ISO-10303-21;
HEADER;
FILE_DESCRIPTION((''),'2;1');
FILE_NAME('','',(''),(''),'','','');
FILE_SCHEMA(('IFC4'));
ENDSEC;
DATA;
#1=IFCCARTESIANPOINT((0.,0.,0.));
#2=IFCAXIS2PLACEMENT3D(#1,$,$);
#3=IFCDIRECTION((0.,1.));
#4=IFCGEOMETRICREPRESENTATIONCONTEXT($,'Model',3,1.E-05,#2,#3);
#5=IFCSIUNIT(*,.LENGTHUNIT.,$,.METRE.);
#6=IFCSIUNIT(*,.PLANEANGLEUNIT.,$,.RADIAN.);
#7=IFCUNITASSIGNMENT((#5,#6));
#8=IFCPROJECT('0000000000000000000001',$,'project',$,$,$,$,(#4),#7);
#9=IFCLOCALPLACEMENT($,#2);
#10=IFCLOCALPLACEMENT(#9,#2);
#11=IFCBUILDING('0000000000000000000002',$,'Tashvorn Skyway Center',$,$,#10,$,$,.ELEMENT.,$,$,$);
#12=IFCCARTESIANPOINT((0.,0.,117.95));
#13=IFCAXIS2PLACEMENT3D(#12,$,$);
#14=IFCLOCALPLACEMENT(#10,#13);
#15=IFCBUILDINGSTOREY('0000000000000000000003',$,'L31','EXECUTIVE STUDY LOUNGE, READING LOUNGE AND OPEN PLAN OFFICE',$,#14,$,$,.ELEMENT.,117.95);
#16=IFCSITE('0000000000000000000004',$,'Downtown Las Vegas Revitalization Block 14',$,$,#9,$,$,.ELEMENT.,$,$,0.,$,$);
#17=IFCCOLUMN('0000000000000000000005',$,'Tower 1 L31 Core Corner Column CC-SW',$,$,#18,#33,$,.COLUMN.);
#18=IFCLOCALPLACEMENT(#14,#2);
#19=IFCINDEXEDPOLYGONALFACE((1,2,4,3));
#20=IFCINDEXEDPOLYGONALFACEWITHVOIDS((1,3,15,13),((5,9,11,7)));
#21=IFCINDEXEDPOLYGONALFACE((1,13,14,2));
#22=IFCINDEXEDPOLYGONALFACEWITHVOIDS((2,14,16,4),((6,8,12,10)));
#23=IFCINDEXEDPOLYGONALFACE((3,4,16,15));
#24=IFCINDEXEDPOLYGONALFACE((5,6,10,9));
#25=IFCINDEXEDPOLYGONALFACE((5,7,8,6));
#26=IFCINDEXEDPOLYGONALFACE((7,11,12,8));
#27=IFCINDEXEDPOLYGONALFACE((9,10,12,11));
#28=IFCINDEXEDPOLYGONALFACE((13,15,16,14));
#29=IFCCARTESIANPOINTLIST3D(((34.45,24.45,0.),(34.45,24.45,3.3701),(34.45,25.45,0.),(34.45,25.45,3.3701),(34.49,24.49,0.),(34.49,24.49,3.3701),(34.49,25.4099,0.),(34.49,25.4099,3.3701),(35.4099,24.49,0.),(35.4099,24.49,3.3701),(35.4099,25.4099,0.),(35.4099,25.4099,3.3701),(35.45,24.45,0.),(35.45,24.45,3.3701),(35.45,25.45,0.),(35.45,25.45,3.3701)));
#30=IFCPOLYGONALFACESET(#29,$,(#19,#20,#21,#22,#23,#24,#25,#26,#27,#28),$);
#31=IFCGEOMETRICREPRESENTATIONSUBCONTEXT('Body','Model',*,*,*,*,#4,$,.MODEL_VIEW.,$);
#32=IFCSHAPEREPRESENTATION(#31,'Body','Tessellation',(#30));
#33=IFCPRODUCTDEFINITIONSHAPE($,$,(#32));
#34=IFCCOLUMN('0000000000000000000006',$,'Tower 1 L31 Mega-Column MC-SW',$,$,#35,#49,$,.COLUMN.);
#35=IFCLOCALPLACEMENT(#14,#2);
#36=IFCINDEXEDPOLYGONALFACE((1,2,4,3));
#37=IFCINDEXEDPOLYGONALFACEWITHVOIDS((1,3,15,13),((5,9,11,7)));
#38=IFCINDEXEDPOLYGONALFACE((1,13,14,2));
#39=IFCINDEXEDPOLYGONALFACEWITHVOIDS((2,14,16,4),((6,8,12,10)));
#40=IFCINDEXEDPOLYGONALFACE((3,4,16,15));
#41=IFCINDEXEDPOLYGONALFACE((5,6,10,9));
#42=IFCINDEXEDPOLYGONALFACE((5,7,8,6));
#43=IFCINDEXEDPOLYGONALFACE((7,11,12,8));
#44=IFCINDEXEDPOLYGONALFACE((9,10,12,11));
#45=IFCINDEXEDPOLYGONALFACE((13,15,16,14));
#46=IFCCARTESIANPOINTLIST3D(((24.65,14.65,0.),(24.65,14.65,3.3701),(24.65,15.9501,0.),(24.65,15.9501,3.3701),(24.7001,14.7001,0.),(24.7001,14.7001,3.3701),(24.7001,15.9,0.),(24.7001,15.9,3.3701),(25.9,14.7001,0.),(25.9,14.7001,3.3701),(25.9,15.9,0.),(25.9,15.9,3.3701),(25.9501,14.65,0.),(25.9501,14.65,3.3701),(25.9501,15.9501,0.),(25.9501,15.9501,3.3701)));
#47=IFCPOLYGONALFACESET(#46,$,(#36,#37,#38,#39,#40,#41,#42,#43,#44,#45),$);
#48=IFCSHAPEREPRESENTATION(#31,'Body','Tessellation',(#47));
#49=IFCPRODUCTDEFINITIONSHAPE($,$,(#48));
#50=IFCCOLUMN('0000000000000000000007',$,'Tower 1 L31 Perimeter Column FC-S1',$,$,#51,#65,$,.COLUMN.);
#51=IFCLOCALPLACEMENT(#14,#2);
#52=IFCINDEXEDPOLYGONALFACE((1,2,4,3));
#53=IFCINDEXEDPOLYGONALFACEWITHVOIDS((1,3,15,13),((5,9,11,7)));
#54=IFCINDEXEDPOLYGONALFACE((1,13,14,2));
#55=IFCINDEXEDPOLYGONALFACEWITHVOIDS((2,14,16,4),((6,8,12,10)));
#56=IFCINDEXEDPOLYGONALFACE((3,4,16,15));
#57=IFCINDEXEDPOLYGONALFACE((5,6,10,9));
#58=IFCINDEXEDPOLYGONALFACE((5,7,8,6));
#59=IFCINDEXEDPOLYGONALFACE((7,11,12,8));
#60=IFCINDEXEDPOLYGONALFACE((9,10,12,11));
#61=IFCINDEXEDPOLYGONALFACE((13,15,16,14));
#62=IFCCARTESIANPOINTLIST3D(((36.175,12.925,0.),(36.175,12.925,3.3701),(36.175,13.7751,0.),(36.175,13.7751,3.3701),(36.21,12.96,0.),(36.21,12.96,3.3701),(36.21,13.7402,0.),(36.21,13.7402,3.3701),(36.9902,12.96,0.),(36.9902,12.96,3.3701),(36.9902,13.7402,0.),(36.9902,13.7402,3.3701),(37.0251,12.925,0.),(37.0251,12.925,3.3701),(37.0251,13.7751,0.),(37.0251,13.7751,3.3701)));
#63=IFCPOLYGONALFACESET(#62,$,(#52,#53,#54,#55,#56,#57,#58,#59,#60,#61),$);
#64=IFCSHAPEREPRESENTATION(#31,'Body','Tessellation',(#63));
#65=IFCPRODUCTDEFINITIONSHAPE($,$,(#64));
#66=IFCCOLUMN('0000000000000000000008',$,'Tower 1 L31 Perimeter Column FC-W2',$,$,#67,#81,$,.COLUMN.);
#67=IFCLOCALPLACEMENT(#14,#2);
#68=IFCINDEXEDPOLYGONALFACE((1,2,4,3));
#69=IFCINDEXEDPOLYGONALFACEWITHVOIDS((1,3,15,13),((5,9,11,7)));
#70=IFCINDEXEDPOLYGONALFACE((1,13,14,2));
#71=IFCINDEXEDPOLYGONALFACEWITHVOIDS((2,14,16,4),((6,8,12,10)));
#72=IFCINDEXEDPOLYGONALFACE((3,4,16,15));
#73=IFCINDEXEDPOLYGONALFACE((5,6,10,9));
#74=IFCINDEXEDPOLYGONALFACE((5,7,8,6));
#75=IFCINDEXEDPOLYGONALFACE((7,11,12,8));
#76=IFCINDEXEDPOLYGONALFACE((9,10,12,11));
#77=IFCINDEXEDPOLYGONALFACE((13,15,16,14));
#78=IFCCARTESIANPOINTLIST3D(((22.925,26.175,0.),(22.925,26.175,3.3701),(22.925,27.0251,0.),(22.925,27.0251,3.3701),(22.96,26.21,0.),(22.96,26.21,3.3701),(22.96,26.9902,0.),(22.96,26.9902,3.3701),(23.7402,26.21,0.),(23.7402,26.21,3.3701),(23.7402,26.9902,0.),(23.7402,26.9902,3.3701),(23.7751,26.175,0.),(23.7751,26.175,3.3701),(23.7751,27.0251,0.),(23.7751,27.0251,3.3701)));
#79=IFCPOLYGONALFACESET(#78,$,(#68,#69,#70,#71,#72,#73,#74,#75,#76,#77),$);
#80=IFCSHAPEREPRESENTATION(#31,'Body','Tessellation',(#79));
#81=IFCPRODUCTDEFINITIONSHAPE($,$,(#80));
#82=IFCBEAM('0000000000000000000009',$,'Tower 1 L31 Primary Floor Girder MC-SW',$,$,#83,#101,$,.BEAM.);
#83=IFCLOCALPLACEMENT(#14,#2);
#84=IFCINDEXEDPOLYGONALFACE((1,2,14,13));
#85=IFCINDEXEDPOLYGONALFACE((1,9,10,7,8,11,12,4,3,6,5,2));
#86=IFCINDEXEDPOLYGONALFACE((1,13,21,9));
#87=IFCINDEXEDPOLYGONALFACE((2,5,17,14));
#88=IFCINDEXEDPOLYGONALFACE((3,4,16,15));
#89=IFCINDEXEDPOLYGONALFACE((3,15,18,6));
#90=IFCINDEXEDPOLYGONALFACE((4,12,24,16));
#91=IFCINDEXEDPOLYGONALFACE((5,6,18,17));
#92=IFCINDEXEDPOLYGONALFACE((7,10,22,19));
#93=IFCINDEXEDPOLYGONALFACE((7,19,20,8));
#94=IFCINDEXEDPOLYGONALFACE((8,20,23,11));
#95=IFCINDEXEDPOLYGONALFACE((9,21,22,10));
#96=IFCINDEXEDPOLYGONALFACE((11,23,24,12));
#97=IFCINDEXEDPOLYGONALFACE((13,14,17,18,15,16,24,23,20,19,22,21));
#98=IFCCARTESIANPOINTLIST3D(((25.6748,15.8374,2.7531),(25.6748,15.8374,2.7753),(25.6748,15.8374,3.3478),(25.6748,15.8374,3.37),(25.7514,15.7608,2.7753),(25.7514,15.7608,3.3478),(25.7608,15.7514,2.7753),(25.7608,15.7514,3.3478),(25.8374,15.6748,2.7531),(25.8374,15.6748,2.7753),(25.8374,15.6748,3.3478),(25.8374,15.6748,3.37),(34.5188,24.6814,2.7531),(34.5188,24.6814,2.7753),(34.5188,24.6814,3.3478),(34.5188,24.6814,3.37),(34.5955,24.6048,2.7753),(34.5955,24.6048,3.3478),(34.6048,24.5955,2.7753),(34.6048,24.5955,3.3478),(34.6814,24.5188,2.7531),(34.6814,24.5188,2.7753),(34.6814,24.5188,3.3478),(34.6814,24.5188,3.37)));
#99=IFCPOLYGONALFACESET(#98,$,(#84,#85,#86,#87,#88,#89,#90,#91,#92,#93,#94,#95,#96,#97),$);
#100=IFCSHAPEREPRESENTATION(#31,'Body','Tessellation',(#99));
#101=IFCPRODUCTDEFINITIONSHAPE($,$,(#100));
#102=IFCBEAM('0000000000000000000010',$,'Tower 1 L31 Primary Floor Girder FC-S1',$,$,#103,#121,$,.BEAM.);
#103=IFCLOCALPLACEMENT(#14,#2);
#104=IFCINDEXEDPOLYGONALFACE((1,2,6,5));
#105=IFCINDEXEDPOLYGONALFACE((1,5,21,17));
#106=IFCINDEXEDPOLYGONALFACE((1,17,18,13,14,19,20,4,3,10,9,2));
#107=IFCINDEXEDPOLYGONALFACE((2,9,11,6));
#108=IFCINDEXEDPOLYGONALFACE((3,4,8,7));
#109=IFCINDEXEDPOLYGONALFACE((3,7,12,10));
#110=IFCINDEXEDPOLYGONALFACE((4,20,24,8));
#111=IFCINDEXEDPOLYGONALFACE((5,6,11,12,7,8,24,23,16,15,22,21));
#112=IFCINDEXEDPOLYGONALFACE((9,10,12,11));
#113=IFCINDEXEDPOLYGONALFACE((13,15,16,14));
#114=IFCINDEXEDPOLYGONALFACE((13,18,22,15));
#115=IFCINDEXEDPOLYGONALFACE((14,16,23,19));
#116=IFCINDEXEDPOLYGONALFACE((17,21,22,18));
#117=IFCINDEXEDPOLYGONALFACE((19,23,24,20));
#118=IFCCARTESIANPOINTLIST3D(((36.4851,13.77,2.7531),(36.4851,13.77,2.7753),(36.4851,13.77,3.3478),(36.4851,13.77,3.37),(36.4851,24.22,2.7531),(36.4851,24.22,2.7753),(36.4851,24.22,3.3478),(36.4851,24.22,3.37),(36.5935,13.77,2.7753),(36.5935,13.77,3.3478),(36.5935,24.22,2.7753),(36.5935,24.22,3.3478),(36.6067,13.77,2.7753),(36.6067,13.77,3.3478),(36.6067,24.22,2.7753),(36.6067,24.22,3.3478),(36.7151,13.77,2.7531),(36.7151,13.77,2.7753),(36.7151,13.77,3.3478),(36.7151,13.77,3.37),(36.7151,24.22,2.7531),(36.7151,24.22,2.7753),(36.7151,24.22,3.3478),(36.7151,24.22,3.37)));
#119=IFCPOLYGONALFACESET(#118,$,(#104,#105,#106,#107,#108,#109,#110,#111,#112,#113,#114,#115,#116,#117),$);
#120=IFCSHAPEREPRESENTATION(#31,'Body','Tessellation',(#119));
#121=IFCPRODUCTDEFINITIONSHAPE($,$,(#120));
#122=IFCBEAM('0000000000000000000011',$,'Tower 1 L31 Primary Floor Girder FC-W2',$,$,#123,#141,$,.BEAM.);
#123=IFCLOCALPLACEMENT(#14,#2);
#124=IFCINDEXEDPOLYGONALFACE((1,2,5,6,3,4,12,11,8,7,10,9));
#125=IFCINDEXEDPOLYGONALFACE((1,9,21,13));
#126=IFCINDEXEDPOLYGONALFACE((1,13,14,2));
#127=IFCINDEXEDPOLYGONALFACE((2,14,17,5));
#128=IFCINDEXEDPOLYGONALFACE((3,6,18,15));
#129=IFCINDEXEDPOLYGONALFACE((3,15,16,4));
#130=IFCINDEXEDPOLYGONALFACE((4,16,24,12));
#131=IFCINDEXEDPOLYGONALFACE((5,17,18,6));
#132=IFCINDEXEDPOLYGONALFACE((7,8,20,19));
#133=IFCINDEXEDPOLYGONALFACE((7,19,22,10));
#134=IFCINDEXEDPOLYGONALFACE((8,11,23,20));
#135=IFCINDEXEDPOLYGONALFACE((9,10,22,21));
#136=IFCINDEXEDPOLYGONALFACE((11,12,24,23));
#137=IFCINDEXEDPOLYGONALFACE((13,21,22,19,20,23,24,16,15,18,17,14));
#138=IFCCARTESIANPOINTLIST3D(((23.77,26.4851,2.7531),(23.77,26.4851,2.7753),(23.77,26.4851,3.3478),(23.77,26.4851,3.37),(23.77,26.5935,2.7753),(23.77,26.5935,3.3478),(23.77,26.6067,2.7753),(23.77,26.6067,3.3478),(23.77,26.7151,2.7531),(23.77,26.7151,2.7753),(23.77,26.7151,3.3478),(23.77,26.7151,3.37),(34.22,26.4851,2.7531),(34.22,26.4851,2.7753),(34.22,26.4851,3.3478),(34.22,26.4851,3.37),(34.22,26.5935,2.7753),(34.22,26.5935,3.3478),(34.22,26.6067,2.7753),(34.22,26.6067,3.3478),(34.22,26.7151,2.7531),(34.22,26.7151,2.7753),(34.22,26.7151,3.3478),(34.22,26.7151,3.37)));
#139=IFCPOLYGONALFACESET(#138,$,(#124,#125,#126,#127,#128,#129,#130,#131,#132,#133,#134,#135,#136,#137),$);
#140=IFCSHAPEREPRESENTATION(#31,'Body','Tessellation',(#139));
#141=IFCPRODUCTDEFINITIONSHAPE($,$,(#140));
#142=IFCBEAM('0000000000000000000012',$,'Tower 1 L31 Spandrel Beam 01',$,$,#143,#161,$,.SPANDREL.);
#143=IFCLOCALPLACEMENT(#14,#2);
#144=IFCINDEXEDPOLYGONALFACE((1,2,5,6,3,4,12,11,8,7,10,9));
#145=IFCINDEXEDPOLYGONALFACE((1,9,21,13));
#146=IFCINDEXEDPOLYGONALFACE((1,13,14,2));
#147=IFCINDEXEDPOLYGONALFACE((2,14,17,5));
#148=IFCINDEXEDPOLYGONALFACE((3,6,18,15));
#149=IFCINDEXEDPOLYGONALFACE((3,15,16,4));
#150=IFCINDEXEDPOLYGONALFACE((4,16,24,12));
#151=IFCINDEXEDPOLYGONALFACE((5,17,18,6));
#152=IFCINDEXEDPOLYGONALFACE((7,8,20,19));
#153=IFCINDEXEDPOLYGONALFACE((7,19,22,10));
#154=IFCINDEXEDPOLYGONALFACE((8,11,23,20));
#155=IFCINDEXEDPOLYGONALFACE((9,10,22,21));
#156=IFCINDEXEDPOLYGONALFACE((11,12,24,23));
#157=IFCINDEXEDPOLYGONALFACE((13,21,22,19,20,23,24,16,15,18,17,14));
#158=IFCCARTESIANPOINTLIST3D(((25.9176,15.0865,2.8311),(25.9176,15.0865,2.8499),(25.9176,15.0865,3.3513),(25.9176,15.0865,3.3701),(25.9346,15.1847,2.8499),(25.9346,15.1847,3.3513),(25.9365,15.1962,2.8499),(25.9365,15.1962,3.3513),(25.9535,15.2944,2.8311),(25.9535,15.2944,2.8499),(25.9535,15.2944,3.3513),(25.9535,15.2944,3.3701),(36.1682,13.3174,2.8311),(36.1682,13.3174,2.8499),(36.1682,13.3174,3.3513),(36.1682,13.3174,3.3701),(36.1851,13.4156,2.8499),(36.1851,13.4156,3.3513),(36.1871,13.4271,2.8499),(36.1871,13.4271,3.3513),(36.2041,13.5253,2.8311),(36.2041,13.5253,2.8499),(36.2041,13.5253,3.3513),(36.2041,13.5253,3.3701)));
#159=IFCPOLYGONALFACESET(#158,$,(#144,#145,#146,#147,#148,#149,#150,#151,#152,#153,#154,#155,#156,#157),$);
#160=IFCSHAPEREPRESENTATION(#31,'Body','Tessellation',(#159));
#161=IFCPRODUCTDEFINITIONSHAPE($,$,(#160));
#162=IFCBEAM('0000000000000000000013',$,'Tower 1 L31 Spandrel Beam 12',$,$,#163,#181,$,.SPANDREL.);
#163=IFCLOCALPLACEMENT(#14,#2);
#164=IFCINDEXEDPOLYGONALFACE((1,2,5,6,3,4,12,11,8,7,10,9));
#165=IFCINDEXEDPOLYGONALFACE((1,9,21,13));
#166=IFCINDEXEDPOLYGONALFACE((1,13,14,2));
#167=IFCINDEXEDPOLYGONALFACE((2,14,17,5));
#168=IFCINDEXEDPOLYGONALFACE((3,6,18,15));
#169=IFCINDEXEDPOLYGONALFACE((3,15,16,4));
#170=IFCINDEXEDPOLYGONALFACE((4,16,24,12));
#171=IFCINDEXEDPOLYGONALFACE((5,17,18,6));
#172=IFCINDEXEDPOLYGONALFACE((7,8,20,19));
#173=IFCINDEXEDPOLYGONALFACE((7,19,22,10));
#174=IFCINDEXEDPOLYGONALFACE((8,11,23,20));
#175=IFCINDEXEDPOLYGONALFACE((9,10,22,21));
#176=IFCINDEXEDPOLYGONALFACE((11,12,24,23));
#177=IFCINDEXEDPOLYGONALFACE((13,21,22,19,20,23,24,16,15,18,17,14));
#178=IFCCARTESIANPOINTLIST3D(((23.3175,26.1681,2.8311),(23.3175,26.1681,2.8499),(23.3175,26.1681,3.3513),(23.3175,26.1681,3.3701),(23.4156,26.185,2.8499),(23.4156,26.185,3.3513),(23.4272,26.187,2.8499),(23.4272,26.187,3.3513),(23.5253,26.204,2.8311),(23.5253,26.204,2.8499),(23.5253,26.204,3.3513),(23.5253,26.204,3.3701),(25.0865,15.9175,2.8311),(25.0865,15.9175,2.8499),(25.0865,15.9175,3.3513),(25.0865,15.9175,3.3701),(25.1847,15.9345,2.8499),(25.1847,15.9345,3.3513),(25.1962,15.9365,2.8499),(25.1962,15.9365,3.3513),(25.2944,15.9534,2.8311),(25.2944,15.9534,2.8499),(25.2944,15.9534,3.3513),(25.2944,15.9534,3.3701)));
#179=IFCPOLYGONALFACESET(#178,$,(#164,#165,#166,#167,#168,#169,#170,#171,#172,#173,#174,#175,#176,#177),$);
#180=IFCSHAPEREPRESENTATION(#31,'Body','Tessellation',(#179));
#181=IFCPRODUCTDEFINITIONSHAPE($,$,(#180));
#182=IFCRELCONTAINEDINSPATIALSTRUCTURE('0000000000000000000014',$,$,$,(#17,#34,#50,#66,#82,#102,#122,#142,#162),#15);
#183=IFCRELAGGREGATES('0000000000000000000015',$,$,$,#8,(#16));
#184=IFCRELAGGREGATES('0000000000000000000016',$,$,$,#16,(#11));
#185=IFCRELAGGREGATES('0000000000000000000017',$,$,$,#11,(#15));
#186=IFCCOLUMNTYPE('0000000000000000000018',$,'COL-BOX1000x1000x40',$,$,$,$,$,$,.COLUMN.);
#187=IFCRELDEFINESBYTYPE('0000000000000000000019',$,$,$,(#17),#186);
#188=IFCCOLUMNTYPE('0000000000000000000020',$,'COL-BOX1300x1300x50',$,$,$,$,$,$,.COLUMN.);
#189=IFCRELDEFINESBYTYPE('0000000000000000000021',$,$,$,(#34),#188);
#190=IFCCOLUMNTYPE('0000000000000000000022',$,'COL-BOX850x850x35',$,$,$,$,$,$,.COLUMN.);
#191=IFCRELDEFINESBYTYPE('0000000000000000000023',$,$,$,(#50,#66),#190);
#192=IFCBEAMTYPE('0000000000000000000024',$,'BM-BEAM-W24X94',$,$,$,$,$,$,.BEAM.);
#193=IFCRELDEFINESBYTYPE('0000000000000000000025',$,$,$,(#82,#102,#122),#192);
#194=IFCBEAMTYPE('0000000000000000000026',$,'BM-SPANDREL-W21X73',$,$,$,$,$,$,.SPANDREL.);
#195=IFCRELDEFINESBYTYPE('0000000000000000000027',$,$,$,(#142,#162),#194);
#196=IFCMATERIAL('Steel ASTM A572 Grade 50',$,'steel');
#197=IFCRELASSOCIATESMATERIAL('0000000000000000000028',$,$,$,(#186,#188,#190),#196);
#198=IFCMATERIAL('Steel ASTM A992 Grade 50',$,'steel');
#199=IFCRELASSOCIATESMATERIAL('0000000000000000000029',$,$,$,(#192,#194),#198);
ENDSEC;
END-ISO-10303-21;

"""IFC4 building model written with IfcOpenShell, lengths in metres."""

from ifc_helpers import new_model, si_unit, direction, frame, origin, origin_2d, place, context, subcontext, project, spatial, hollow_rectangle, i_section, extrude, material, material_profile, profile_set, type_object, element, save


model = new_model("IFC4")

# Units and contexts
model_context = context("Model", 3, precision=1e-05, world=origin(), true_north=direction((0.0, 1.0)))
body_context = subcontext(model_context, "Body", "Model", "MODEL_VIEW")
ifc_project = project(units=[si_unit("LENGTHUNIT", "METRE"), si_unit("PLANEANGLEUNIT", "RADIAN")], contexts=[model_context])

# Site, building, storey
site_placement = place(None, origin())
site = spatial("IfcSite", under=ifc_project, at=site_placement, Name="Downtown Las Vegas Revitalization Block 14", CompositionType="ELEMENT", RefElevation=0.0)
building_placement = place(site_placement, origin())
building = spatial("IfcBuilding", under=site, at=building_placement, Name="Tashvorn Skyway Center", CompositionType="ELEMENT")
storey_placement = place(building_placement, frame((0.0, 0.0, 117.95)))
storey = spatial("IfcBuildingStorey", under=building, at=storey_placement, Name="L31", Description="EXECUTIVE STUDY LOUNGE, READING LOUNGE AND OPEN PLAN OFFICE", CompositionType="ELEMENT", Elevation=117.95)

# Columns
ifc_material_1 = material(Name="Steel ASTM A572 Grade 50", Category="steel")
ifc_material_profile_1 = material_profile(ifc_material_1, hollow_rectangle(XDim=1.0, YDim=1.0, WallThickness=0.04, at=origin_2d()), Name="BOX1000x1000x40")
ifc_profile_set_1 = profile_set([ifc_material_profile_1], Name="Steel ASTM A572 Grade 50")
column_type_1 = type_object("IfcColumnType", Name="COL-BOX1000x1000x40", PredefinedType="COLUMN", material=ifc_profile_set_1)
column_1_placement = place(storey_placement, frame((34.95, 24.95, 0.0), z_axis=(0.0, 0.0, 1.0), x_axis=(1.0, 0.0, 0.0)))
element("IfcColumn", 1, at=column_1_placement, inside=storey, type_object=column_type_1, Name="Tower 1 L31 Core Corner Column CC-SW", PredefinedType="COLUMN", context=body_context, shape_type="SweptSolid", body=[
    extrude(hollow_rectangle(XDim=1.0, YDim=1.0, WallThickness=0.04, at=origin_2d()), origin(), (0.0, 0.0, 1.0), 3.3701),
])
ifc_material_profile_2 = material_profile(ifc_material_1, hollow_rectangle(XDim=1.3, YDim=1.3, WallThickness=0.05, at=origin_2d()), Name="BOX1300x1300x50")
ifc_profile_set_2 = profile_set([ifc_material_profile_2], Name="Steel ASTM A572 Grade 50")
column_type_2 = type_object("IfcColumnType", Name="COL-BOX1300x1300x50", PredefinedType="COLUMN", material=ifc_profile_set_2)
column_2_placement = place(storey_placement, frame((25.3, 15.3, 0.0), z_axis=(0.0, 0.0, 1.0), x_axis=(1.0, 0.0, 0.0)))
element("IfcColumn", 2, at=column_2_placement, inside=storey, type_object=column_type_2, Name="Tower 1 L31 Mega-Column MC-SW", PredefinedType="COLUMN", context=body_context, shape_type="SweptSolid", body=[
    extrude(hollow_rectangle(XDim=1.3, YDim=1.3, WallThickness=0.05, at=origin_2d()), origin(), (0.0, 0.0, 1.0), 3.3701),
])
ifc_material_profile_3 = material_profile(ifc_material_1, hollow_rectangle(XDim=0.8501, YDim=0.8501, WallThickness=0.0349, at=origin_2d()), Name="BOX850x850x35")
ifc_profile_set_3 = profile_set([ifc_material_profile_3], Name="Steel ASTM A572 Grade 50")
column_type_3 = type_object("IfcColumnType", Name="COL-BOX850x850x35", PredefinedType="COLUMN", material=ifc_profile_set_3)
for number, where, z_axis, x_axis, name in (
    (3, (36.6001, 13.3501, 0.0), (0.0, 0.0, 1.0), (1.0, 0.0, 0.0), "Tower 1 L31 Perimeter Column FC-S1"),
    (4, (23.3501, 26.6001, 0.0), (0.0, 0.0, 1.0), (1.0, 0.0, 0.0), "Tower 1 L31 Perimeter Column FC-W2"),
):
    element("IfcColumn", number, at=place(storey_placement, frame(where, z_axis=z_axis, x_axis=x_axis)), inside=storey, type_object=column_type_3, Name=name, PredefinedType="COLUMN", context=body_context, shape_type="SweptSolid", body=[
        extrude(hollow_rectangle(XDim=0.8501, YDim=0.8501, WallThickness=0.0349, at=origin_2d()), origin(), (0.0, 0.0, 1.0), 3.3701),
    ])

# Beams
ifc_material_2 = material(Name="Steel ASTM A992 Grade 50", Category="steel")
ifc_material_profile_4 = material_profile(ifc_material_2, i_section(OverallWidth=0.23, OverallDepth=0.6169, WebThickness=0.0132, FlangeThickness=0.0222, at=origin_2d()), Name="W24X94")
ifc_profile_set_4 = profile_set([ifc_material_profile_4], Name="Steel ASTM A992 Grade 50")
beam_type_1 = type_object("IfcBeamType", Name="BM-BEAM-W24X94", PredefinedType="BEAM", material=ifc_profile_set_4)
beam_placement = place(storey_placement, frame((25.7561, 15.7561, 3.0615), z_axis=(0.707107, 0.707107, 0.0), x_axis=(-0.707107, 0.707107, 0.0)))
element("IfcBeam", 5, at=beam_placement, inside=storey, type_object=beam_type_1, Name="Tower 1 L31 Primary Floor Girder MC-SW", PredefinedType="BEAM", context=body_context, shape_type="SweptSolid", body=[
    extrude(i_section(OverallWidth=0.23, OverallDepth=0.6169, WebThickness=0.0132, FlangeThickness=0.0222, at=origin_2d()), origin(), (0.0, 0.0, 1.0), 12.5073),
])
for number, where, z_axis, x_axis, name in (
    (6, (36.6001, 13.77, 3.0615), (0.0, 1.0, 0.0), (-1.0, 0.0, 0.0), "Tower 1 L31 Primary Floor Girder FC-S1"),
    (7, (23.77, 26.6001, 3.0615), (1.0, 0.0, 0.0), (0.0, 1.0, 0.0), "Tower 1 L31 Primary Floor Girder FC-W2"),
):
    element("IfcBeam", number, at=place(storey_placement, frame(where, z_axis=z_axis, x_axis=x_axis)), inside=storey, type_object=beam_type_1, Name=name, PredefinedType="BEAM", context=body_context, shape_type="SweptSolid", body=[
        extrude(i_section(OverallWidth=0.23, OverallDepth=0.6169, WebThickness=0.0132, FlangeThickness=0.0222, at=origin_2d()), origin(), (0.0, 0.0, 1.0), 10.45),
    ])
ifc_material_profile_5 = material_profile(ifc_material_2, i_section(OverallWidth=0.2109, OverallDepth=0.5391, WebThickness=0.0117, FlangeThickness=0.0188, at=origin_2d()), Name="W21X73")
ifc_profile_set_5 = profile_set([ifc_material_profile_5], Name="Steel ASTM A992 Grade 50")
beam_type_2 = type_object("IfcBeamType", Name="BM-SPANDREL-W21X73", PredefinedType="SPANDREL", material=ifc_profile_set_5)
for number, where, z_axis, x_axis, name in (
    (8, (25.9355, 15.1904, 3.1006), (0.985432, -0.170067, 0.0), (0.170067, 0.985432, 0.0), "Tower 1 L31 Spandrel Beam 01"),
    (9, (23.4214, 26.186, 3.1006), (0.170067, -0.985432, 0.0), (0.985432, 0.170067, 0.0), "Tower 1 L31 Spandrel Beam 12"),
):
    element("IfcBeam", number, at=place(storey_placement, frame(where, z_axis=z_axis, x_axis=x_axis)), inside=storey, type_object=beam_type_2, Name=name, PredefinedType="SPANDREL", context=body_context, shape_type="SweptSolid", body=[
        extrude(i_section(OverallWidth=0.2109, OverallDepth=0.5391, WebThickness=0.0117, FlangeThickness=0.0188, at=origin_2d()), origin(), (0.0, 0.0, 1.0), 10.4021),
    ])

save(model, "model.ifc")
